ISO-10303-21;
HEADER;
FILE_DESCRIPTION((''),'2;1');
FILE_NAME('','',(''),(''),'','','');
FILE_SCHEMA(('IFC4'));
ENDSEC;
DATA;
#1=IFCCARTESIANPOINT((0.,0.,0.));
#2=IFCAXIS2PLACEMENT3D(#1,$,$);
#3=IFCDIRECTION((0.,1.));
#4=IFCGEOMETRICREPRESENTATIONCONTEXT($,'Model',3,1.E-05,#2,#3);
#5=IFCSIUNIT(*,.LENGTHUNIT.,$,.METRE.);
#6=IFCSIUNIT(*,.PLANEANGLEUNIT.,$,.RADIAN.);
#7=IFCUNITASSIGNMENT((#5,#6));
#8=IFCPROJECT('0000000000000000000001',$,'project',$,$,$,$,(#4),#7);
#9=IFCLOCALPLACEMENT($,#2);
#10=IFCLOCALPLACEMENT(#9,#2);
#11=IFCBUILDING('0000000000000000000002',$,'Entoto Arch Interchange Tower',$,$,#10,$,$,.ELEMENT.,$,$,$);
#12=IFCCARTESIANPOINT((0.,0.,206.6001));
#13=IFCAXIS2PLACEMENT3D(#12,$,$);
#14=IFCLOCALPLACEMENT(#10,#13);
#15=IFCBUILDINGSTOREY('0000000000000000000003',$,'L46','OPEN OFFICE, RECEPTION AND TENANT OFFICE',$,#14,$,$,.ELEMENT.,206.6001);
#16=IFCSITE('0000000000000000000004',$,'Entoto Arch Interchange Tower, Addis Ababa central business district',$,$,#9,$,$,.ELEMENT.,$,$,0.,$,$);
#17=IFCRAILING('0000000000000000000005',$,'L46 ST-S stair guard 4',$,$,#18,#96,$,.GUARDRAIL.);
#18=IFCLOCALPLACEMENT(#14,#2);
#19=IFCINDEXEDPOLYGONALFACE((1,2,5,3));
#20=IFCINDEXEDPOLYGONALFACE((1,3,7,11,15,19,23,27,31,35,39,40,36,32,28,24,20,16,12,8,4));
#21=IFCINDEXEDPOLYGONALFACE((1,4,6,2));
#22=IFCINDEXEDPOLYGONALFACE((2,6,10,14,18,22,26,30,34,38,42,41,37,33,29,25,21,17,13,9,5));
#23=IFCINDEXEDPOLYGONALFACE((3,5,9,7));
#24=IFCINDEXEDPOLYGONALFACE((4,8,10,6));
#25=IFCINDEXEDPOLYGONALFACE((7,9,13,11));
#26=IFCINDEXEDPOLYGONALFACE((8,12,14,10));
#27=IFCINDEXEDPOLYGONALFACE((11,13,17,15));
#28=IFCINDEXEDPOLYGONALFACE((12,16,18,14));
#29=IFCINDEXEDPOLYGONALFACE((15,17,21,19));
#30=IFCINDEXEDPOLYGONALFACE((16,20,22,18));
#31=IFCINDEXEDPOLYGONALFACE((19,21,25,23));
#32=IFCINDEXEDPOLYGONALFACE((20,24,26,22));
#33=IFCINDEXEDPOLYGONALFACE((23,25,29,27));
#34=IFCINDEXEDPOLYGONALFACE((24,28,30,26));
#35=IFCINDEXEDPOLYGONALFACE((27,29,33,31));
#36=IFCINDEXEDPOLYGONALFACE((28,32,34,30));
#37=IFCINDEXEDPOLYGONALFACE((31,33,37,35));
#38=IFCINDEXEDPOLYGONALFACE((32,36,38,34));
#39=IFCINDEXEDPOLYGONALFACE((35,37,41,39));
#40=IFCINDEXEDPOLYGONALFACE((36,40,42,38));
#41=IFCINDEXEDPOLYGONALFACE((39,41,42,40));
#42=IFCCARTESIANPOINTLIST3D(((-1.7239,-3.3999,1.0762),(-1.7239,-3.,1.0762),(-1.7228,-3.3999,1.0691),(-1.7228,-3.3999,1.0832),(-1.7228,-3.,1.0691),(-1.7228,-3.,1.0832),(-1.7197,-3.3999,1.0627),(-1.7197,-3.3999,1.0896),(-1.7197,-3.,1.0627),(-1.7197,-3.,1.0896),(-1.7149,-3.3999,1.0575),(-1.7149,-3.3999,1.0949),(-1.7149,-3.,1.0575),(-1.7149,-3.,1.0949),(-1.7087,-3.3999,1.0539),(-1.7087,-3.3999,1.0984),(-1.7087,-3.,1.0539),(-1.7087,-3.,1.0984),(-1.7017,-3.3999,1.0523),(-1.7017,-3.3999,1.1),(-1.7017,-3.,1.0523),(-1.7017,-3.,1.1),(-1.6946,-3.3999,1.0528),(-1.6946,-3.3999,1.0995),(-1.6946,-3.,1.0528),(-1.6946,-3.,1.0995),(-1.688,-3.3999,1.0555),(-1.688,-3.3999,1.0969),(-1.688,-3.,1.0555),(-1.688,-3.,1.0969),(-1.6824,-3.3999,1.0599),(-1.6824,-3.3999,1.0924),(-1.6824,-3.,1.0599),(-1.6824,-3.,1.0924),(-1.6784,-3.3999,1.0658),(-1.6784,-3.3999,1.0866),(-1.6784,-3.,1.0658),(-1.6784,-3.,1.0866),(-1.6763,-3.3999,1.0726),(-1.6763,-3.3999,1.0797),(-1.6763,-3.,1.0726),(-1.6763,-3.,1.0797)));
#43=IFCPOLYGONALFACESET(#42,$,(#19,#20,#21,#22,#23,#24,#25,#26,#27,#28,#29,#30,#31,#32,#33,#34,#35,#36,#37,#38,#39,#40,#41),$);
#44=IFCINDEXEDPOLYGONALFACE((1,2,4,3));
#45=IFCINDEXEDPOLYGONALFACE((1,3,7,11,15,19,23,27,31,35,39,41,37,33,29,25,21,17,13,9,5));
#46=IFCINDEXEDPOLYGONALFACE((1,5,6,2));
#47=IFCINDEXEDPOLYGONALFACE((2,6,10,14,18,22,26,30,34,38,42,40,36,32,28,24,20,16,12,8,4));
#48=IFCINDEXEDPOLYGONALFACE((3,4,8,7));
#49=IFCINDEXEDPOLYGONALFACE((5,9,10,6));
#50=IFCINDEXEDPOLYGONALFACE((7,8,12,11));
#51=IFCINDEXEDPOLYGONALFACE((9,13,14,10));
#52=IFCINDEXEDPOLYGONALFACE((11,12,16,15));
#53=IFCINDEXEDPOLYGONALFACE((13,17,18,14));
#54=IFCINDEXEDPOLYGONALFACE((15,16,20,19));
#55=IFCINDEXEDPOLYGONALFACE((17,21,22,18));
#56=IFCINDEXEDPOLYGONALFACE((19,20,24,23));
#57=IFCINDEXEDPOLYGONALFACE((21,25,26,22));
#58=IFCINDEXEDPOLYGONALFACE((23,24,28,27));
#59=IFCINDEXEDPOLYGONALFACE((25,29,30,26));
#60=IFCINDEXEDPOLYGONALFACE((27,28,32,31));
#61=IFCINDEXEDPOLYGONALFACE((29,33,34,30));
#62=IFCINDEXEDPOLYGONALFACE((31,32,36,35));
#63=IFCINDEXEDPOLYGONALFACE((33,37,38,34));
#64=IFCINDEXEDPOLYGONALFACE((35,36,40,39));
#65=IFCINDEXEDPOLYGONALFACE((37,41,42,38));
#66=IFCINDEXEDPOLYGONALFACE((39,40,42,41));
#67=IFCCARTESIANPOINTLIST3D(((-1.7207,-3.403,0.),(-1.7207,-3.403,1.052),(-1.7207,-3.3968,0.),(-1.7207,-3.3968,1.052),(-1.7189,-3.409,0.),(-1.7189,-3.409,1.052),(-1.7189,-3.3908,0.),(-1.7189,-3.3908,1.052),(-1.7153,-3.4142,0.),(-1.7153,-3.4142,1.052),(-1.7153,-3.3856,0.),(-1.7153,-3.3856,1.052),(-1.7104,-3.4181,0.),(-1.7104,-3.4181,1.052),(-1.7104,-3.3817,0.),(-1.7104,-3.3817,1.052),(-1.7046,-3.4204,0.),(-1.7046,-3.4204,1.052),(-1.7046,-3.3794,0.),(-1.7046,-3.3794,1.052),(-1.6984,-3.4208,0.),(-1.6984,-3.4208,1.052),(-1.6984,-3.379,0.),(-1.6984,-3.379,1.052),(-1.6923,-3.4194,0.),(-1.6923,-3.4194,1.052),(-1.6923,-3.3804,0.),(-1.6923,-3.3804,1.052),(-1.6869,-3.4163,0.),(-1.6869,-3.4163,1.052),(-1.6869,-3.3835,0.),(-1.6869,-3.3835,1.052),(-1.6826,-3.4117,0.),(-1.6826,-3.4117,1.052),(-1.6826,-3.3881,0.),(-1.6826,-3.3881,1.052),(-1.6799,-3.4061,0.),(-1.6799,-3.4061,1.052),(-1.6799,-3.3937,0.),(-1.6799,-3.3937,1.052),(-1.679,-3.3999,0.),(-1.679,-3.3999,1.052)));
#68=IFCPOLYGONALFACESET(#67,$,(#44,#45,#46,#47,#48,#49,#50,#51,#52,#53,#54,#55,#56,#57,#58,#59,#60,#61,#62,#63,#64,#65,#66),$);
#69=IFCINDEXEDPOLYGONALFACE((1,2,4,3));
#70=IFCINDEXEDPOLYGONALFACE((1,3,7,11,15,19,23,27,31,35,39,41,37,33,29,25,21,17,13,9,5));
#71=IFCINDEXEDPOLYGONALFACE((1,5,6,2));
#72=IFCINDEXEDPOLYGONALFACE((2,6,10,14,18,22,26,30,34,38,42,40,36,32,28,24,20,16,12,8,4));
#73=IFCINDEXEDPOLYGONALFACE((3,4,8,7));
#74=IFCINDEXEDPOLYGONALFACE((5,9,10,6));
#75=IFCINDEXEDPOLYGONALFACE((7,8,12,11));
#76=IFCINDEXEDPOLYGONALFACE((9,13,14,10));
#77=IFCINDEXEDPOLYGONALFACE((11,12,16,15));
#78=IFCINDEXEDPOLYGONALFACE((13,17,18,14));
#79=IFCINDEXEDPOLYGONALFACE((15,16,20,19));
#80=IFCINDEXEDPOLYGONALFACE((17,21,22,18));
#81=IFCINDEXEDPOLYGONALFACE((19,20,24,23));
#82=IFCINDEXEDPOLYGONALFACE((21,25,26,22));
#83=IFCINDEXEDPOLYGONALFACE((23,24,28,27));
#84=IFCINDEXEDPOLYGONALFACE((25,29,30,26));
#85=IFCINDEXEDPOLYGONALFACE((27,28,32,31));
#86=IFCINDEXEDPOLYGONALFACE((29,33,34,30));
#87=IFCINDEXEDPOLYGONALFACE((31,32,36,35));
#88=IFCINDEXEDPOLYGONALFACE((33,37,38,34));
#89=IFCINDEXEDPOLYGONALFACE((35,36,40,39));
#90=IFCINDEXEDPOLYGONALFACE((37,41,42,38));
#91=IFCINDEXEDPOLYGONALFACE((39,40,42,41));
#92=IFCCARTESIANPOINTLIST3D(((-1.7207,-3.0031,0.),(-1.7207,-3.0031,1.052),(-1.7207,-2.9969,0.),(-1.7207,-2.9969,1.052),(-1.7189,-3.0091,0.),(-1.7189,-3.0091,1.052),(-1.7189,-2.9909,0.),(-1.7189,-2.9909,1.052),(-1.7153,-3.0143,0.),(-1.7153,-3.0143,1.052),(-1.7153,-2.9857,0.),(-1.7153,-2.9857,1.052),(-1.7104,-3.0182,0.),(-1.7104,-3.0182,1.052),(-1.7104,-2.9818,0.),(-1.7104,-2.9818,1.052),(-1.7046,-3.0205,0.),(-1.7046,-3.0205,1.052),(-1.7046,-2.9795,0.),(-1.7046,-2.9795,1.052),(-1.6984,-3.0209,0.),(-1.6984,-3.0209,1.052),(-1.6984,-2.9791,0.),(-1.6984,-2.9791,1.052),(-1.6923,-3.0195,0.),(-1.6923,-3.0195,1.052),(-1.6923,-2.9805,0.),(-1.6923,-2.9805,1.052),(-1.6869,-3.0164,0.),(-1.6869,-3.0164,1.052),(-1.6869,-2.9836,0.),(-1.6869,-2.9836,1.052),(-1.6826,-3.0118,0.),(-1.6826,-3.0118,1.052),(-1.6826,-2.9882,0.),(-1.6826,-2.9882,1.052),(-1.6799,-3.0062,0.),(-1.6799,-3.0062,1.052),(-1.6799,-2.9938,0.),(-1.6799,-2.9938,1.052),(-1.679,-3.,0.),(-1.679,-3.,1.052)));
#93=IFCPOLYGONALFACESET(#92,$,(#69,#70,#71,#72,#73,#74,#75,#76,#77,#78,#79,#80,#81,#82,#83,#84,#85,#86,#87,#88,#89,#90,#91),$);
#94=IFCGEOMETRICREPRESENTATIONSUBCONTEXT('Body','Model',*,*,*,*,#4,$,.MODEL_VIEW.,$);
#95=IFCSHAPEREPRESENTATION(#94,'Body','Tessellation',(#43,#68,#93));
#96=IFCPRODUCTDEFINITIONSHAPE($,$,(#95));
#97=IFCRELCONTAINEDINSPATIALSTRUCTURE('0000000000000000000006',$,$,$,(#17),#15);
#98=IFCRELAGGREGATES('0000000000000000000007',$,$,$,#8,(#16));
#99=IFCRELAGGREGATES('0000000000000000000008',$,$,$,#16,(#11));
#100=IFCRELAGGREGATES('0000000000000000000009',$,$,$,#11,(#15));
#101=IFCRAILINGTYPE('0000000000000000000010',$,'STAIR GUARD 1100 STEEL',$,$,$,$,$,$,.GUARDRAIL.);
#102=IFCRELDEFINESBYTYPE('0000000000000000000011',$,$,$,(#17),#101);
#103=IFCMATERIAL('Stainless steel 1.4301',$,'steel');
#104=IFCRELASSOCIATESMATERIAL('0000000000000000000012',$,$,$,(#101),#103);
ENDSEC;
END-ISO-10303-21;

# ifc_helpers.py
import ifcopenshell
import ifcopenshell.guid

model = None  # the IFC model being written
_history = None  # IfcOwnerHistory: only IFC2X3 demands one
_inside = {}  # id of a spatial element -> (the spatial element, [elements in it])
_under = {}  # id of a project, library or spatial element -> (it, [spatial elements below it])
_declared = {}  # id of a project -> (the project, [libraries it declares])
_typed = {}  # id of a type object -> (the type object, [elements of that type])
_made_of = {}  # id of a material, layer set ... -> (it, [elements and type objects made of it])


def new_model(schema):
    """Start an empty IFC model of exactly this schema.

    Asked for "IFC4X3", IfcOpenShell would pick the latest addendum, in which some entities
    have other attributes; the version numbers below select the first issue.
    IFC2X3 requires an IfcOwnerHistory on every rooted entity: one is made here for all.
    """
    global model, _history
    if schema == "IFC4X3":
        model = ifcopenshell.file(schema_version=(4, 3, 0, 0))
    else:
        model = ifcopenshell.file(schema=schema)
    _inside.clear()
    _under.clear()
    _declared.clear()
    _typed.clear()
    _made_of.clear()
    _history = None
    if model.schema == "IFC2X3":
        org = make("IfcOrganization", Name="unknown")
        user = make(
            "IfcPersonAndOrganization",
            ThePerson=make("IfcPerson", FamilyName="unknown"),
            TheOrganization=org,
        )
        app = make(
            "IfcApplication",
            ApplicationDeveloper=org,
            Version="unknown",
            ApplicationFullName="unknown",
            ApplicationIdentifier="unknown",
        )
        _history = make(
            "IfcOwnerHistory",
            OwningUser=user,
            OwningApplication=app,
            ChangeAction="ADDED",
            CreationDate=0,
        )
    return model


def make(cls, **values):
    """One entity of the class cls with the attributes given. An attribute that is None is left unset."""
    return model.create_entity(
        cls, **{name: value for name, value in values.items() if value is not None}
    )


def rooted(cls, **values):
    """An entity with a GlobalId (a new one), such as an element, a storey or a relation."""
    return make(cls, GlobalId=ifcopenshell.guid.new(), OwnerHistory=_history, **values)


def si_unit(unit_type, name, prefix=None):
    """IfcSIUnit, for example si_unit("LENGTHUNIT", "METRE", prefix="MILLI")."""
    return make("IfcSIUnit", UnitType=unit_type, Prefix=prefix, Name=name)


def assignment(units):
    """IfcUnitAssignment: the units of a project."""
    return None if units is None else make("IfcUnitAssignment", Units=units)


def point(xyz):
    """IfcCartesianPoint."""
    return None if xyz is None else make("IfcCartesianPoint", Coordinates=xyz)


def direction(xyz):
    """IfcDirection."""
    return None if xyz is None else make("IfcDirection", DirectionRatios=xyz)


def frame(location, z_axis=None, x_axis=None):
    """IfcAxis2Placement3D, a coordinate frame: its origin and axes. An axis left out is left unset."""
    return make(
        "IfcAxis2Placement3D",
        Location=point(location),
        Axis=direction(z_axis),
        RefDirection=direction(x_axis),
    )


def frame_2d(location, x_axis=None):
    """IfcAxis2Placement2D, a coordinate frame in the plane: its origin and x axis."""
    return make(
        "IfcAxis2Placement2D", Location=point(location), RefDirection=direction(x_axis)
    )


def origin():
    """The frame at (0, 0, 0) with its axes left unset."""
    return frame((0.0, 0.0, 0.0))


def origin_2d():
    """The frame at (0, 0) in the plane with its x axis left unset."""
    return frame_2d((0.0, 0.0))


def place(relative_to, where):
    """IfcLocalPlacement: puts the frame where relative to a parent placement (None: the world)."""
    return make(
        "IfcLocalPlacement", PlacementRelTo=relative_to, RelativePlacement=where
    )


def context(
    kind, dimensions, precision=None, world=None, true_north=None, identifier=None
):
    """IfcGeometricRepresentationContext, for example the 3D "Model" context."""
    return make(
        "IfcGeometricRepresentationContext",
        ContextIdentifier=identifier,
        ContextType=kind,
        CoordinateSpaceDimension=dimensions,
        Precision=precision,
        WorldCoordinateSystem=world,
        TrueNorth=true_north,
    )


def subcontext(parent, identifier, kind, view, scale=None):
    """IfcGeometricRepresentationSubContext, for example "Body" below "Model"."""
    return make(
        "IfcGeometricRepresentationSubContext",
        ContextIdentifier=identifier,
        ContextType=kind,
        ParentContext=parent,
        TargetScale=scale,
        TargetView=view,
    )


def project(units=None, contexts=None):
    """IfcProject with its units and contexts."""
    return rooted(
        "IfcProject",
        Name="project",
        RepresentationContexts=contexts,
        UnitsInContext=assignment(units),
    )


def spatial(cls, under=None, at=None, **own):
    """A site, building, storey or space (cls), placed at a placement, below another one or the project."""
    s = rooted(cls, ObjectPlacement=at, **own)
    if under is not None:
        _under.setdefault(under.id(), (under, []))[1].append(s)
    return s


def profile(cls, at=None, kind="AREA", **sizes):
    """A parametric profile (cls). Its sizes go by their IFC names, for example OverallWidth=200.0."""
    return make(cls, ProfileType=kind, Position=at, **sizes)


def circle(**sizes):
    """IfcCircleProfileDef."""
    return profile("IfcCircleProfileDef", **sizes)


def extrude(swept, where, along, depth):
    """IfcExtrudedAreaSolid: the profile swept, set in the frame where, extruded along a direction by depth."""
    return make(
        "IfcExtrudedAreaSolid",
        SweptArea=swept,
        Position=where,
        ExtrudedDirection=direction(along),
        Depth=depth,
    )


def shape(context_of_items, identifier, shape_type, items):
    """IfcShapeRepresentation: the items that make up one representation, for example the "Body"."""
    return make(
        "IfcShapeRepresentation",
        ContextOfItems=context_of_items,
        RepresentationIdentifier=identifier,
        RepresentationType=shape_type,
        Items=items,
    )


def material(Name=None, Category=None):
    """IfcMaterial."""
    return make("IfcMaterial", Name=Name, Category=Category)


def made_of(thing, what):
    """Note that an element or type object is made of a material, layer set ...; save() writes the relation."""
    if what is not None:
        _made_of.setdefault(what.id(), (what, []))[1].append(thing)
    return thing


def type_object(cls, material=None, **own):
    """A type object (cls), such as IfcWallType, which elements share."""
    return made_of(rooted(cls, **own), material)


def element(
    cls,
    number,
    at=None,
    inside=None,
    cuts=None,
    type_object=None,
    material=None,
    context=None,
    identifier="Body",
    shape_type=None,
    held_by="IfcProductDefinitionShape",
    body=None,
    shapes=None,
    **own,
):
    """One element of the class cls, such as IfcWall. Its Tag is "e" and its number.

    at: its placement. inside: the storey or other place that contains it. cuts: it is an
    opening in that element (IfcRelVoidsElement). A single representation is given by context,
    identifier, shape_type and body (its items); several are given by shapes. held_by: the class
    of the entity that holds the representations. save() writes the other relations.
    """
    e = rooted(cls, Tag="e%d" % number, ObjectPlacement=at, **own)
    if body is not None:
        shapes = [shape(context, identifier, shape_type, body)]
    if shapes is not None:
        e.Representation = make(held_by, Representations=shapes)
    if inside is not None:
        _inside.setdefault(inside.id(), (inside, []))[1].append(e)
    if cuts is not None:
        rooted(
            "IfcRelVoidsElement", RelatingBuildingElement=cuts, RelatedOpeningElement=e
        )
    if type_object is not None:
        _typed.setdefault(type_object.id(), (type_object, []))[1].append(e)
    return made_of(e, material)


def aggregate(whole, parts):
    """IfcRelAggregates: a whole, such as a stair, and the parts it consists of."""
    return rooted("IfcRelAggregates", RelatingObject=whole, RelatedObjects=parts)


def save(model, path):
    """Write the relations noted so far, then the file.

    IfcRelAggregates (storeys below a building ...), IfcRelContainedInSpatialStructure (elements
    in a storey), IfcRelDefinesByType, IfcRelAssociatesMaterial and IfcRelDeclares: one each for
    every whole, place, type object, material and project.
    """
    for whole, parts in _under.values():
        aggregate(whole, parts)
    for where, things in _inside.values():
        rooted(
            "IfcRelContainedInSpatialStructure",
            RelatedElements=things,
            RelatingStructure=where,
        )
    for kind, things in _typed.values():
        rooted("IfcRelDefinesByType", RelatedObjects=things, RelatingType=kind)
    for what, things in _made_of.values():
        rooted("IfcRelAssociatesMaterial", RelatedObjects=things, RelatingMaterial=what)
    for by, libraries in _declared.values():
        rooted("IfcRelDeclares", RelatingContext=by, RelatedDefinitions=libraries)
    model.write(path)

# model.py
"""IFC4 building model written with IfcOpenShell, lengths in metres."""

from ifc_helpers import new_model, si_unit, direction, frame, origin, origin_2d, place, context, subcontext, project, spatial, circle, extrude, material, type_object, element, save


model = new_model("IFC4")

# Units and contexts
model_context = context("Model", 3, precision=1e-05, world=origin(), true_north=direction((0.0, 1.0)))
body_context = subcontext(model_context, "Body", "Model", "MODEL_VIEW")
ifc_project = project(units=[si_unit("LENGTHUNIT", "METRE"), si_unit("PLANEANGLEUNIT", "RADIAN")], contexts=[model_context])

# Site, building, storey
site_placement = place(None, origin())
site = spatial("IfcSite", under=ifc_project, at=site_placement, Name="Entoto Arch Interchange Tower, Addis Ababa central business district", CompositionType="ELEMENT", RefElevation=0.0)
building_placement = place(site_placement, origin())
building = spatial("IfcBuilding", under=site, at=building_placement, Name="Entoto Arch Interchange Tower", CompositionType="ELEMENT")
storey_placement = place(building_placement, frame((0.0, 0.0, 206.6001)))
storey = spatial("IfcBuildingStorey", under=building, at=storey_placement, Name="L46", Description="OPEN OFFICE, RECEPTION AND TENANT OFFICE", CompositionType="ELEMENT", Elevation=206.6001)

# Railing
ifc_material_1 = material(Name="Stainless steel 1.4301", Category="steel")
railing_type_1 = type_object("IfcRailingType", Name="STAIR GUARD 1100 STEEL", PredefinedType="GUARDRAIL", material=ifc_material_1)
railing_1_placement = place(storey_placement, frame((-1.7, -3.3999, 0.0)))
element("IfcRailing", 1, at=railing_1_placement, inside=storey, type_object=railing_type_1, Name="L46 ST-S stair guard 4", PredefinedType="GUARDRAIL", context=body_context, shape_type="SweptSolid", body=[
    extrude(circle(Radius=0.0239, at=origin_2d()), frame((0.0, 0.0, 1.0762), z_axis=(0.0, 1.0, 0.0), x_axis=(-1.0, 0.0, 0.0)), (0.0, 0.0, 1.0), 0.3999),
    extrude(circle(Radius=0.021, at=origin_2d()), origin(), (0.0, 0.0, 1.0), 1.052),
    extrude(circle(Radius=0.021, at=origin_2d()), frame((0.0, 0.3999, 0.0)), (0.0, 0.0, 1.0), 1.052),
])

save(model, "model.ifc")
